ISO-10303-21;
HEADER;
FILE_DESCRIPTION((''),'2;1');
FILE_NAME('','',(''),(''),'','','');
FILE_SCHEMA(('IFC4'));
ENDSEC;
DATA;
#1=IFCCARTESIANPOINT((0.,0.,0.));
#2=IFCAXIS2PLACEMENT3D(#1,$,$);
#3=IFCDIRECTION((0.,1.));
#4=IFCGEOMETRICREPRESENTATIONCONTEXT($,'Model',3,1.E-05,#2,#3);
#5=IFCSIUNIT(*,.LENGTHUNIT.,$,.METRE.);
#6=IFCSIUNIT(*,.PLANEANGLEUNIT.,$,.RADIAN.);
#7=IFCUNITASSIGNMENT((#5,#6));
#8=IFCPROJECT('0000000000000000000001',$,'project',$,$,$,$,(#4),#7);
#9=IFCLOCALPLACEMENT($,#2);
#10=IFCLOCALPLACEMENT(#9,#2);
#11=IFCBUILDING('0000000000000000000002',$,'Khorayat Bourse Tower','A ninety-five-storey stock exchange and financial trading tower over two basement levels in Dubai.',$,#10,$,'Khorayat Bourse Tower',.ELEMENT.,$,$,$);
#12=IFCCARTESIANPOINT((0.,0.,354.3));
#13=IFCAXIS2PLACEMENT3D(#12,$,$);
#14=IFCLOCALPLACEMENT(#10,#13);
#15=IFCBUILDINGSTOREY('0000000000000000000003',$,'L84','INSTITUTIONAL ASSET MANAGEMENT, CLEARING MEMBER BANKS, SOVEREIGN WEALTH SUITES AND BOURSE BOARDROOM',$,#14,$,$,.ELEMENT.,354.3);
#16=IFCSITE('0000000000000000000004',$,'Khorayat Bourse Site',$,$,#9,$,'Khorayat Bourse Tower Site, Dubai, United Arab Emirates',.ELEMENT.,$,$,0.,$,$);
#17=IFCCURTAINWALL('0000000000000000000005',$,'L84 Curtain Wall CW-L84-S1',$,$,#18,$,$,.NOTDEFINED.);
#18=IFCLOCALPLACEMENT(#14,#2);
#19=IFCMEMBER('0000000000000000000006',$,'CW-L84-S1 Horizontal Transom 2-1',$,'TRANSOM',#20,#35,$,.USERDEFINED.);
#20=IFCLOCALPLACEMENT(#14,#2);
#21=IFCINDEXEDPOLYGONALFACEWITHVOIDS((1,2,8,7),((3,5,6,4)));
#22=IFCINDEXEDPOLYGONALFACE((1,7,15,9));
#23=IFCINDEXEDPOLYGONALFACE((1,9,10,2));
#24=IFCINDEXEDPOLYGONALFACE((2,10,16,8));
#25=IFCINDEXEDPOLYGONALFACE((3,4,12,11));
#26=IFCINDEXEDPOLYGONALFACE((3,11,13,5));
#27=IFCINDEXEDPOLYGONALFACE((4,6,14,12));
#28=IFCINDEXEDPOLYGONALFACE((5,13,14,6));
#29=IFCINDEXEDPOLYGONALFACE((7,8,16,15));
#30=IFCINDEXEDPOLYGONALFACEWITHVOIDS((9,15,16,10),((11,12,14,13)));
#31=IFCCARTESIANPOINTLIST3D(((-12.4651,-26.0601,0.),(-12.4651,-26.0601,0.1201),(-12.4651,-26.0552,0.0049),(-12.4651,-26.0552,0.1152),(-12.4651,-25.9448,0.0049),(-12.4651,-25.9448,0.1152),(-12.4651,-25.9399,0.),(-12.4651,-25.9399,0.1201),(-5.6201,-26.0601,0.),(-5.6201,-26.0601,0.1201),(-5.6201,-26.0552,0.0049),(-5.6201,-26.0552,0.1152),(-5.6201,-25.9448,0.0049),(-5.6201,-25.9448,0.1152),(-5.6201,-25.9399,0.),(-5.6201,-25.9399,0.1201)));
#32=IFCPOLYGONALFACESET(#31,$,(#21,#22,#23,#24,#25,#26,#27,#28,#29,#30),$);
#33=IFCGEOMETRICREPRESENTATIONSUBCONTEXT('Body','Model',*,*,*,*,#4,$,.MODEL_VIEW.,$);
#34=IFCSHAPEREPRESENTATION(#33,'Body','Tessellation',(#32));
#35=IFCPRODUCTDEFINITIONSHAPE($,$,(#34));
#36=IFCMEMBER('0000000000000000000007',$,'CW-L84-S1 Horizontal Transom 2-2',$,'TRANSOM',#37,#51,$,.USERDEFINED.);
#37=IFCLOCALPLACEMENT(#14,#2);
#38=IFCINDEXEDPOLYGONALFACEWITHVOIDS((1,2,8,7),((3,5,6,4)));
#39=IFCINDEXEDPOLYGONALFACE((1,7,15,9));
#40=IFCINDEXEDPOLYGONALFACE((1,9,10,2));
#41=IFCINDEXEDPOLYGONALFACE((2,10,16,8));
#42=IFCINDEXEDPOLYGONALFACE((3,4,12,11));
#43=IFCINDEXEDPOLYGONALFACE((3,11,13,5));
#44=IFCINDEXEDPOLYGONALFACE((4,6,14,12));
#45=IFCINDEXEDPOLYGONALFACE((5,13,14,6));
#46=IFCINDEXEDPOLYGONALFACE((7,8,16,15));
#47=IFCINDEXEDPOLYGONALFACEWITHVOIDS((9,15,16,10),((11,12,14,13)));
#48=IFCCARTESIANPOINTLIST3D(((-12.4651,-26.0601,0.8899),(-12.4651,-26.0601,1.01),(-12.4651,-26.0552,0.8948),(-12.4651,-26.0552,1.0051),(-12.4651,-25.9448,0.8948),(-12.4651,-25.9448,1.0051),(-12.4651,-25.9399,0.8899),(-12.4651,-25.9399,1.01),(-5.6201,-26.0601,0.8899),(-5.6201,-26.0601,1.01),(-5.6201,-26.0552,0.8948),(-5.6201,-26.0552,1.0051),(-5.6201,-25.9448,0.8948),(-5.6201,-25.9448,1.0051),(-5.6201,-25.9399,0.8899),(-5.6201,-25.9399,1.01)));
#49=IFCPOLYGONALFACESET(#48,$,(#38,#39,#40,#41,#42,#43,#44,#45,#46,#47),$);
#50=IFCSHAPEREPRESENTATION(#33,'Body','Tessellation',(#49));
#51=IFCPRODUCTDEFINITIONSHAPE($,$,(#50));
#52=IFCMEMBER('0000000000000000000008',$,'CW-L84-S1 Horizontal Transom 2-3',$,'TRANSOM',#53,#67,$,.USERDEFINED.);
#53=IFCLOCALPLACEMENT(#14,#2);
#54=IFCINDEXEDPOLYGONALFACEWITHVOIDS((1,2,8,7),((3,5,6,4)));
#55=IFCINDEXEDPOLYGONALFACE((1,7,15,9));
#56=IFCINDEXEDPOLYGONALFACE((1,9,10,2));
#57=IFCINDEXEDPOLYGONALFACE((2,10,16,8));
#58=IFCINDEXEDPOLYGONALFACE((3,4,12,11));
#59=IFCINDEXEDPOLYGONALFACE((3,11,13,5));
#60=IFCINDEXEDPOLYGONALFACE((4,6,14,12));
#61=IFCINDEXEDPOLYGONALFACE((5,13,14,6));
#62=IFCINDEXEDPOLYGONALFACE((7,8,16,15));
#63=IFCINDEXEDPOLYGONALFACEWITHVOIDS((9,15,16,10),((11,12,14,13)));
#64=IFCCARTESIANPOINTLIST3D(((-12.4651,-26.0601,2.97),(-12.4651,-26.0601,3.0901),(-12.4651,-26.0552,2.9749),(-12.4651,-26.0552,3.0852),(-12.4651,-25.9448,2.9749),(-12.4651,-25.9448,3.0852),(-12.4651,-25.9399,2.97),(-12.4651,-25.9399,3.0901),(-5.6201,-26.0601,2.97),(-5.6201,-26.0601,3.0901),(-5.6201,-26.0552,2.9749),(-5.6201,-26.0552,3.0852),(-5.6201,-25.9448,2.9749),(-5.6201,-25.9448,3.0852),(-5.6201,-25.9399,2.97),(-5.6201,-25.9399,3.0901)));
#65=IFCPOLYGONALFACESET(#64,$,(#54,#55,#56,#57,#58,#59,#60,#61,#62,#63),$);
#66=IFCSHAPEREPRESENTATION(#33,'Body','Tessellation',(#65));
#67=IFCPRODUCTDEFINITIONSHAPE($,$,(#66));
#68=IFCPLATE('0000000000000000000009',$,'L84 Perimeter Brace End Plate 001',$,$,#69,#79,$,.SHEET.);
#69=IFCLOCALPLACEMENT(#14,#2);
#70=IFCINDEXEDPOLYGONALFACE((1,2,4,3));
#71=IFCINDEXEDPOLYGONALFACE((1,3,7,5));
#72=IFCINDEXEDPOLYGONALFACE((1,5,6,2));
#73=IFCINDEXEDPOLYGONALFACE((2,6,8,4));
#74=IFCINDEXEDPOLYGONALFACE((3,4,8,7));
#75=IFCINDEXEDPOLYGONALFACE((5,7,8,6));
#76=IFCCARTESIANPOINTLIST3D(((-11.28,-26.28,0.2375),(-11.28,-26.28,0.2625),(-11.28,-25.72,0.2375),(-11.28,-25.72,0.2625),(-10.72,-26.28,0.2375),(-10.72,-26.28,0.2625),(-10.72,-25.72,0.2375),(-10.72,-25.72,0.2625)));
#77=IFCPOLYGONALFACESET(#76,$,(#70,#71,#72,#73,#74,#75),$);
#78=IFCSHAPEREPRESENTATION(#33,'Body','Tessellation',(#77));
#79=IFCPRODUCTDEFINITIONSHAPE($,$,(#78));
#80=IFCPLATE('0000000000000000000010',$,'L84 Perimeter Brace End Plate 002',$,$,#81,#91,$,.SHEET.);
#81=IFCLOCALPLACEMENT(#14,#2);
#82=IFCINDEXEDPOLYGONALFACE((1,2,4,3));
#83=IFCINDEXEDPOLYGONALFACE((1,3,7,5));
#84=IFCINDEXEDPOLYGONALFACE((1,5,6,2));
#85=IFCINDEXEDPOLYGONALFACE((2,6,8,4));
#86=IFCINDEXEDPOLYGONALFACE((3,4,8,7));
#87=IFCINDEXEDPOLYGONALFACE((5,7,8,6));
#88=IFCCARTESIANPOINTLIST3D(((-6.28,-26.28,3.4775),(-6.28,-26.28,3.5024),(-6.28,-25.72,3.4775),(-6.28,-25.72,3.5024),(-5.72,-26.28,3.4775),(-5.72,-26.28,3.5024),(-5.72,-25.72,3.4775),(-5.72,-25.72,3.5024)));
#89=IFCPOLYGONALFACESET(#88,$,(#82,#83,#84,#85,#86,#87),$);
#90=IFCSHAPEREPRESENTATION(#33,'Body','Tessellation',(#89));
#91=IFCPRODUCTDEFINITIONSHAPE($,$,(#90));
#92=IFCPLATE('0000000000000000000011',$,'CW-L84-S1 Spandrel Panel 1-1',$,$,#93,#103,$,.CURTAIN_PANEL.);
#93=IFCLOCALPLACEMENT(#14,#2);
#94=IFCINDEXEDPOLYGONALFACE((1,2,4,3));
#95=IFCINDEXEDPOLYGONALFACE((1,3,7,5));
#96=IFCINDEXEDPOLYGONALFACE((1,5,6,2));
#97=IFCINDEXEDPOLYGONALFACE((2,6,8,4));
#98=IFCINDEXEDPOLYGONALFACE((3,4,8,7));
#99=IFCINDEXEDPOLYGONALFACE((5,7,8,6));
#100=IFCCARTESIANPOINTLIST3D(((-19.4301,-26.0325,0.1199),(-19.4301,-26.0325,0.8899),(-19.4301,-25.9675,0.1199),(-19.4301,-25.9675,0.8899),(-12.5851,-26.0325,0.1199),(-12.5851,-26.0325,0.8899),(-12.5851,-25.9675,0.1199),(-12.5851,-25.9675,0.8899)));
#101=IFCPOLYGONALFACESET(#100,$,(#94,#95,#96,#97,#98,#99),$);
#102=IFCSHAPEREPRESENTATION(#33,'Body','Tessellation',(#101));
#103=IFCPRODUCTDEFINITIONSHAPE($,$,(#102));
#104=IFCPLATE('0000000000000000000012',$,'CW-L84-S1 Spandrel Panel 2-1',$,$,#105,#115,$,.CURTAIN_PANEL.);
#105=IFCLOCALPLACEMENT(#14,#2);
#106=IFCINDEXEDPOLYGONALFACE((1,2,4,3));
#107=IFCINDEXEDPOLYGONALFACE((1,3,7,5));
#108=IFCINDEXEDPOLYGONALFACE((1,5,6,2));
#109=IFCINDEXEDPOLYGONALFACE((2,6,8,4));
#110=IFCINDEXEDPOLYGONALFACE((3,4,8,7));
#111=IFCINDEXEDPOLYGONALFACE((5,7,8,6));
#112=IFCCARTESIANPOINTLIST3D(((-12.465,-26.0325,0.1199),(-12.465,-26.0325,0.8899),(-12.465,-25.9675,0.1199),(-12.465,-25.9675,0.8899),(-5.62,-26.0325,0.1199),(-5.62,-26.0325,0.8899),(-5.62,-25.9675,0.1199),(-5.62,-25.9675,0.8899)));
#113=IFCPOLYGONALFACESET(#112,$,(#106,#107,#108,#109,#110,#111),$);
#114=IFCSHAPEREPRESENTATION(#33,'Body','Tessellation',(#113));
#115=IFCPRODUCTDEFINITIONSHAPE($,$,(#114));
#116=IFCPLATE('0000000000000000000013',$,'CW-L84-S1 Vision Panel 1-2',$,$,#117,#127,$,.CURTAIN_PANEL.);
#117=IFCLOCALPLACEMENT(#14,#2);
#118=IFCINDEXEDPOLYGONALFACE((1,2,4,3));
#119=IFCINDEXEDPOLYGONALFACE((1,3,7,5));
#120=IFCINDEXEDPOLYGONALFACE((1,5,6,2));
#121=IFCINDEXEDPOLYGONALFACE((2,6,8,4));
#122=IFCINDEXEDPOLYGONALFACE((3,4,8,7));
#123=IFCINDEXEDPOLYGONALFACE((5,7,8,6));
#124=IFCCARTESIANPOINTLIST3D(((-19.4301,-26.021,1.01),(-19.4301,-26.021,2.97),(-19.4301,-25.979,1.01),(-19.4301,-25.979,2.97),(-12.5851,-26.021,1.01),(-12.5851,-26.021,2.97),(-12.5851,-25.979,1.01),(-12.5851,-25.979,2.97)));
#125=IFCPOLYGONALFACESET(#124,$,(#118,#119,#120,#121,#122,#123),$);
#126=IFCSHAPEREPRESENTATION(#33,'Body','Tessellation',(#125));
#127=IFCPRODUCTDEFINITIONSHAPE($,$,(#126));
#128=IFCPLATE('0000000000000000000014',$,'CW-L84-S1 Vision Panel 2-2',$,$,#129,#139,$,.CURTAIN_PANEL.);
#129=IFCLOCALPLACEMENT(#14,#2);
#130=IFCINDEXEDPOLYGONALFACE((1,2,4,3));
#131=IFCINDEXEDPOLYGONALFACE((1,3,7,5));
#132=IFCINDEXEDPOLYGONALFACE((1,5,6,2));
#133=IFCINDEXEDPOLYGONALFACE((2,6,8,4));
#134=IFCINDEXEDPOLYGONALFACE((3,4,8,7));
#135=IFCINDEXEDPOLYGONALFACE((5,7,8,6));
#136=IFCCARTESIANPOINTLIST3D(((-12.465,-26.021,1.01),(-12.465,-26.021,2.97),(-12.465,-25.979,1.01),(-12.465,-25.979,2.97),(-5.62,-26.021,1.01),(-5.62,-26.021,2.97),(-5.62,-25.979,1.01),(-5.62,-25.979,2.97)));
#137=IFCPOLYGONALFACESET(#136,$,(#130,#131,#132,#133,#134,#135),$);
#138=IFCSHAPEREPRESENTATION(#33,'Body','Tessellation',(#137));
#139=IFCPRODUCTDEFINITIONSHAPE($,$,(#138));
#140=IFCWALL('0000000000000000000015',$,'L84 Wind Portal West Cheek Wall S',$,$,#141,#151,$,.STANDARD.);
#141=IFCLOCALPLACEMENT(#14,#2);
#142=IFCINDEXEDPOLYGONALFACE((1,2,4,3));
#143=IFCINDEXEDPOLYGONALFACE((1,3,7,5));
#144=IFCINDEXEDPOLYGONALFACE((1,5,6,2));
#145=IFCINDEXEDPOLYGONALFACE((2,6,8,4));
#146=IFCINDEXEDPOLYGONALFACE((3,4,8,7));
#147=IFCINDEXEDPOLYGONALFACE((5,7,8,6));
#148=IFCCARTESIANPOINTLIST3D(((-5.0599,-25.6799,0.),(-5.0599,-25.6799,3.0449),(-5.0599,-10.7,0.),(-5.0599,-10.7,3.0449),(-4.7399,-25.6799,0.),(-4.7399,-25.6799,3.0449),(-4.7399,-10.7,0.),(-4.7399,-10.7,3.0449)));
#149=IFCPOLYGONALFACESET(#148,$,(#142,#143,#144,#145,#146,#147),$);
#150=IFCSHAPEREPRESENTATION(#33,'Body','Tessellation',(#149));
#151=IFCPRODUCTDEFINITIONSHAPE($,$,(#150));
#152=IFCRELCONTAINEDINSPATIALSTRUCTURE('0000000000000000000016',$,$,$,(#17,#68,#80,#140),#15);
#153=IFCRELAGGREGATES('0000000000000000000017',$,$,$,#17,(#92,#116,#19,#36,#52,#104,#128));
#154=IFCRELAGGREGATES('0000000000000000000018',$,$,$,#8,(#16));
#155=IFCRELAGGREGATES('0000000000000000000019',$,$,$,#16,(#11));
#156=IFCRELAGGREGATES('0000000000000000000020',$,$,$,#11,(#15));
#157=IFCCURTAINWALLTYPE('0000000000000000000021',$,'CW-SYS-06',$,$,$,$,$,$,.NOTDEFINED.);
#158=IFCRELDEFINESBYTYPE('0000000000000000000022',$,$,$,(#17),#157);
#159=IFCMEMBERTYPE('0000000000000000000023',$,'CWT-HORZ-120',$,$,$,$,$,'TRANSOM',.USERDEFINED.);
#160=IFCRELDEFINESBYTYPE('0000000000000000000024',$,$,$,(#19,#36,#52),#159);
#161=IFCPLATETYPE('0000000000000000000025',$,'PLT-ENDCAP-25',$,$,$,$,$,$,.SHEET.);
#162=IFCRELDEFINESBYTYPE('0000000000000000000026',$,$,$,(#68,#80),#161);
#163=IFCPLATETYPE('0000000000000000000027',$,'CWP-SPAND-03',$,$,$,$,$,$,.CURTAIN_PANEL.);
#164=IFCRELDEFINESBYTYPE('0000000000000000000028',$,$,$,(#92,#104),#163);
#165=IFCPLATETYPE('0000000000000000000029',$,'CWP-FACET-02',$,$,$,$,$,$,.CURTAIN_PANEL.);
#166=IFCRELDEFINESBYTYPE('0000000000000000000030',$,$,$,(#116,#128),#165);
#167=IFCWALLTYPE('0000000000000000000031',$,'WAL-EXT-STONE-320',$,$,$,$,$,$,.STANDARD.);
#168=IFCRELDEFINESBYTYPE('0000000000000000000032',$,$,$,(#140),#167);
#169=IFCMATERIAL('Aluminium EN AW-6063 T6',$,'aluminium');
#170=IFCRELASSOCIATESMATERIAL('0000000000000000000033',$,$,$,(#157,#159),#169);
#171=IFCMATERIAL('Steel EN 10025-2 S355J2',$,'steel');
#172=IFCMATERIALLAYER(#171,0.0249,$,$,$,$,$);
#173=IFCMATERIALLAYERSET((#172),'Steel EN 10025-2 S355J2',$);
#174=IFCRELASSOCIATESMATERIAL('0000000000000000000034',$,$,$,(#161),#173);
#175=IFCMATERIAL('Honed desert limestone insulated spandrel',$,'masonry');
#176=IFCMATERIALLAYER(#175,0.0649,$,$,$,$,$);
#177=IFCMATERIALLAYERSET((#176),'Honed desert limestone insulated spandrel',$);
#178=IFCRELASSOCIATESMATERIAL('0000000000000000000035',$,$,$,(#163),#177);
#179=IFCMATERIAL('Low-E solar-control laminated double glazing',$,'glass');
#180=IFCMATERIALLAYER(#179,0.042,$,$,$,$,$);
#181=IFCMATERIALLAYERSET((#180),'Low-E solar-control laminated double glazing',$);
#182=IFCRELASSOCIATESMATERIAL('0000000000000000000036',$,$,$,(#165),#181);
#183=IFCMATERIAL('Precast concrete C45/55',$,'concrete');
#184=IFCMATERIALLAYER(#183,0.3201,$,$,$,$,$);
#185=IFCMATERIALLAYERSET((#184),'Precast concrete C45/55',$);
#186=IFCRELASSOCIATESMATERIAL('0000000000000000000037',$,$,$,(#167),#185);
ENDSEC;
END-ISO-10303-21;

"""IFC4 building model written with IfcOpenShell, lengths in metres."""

from ifc_helpers import new_model, si_unit, direction, frame, frame_2d, origin, origin_2d, place, context, subcontext, project, spatial, rectangle, hollow_rectangle, extrude, source, transform, mapped, material, layer, layer_set, material_profile, profile_set, type_object, element, aggregate, save


model = new_model("IFC4")

# Units and contexts
model_context = context("Model", 3, precision=1e-05, world=origin(), true_north=direction((0.0, 1.0)))
body_context = subcontext(model_context, "Body", "Model", "MODEL_VIEW")
ifc_project = project(units=[si_unit("LENGTHUNIT", "METRE"), si_unit("PLANEANGLEUNIT", "RADIAN")], contexts=[model_context])

# Site, building, storey
site_placement = place(None, origin())
site = spatial("IfcSite", under=ifc_project, at=site_placement, Name="Khorayat Bourse Site", LongName="Khorayat Bourse Tower Site, Dubai, United Arab Emirates", CompositionType="ELEMENT", RefElevation=0.0)
building_placement = place(site_placement, origin())
building = spatial("IfcBuilding", under=site, at=building_placement, Name="Khorayat Bourse Tower", Description="A ninety-five-storey stock exchange and financial trading tower over two basement levels in Dubai.", LongName="Khorayat Bourse Tower", CompositionType="ELEMENT")
storey_placement = place(building_placement, frame((0.0, 0.0, 354.3)))
storey = spatial("IfcBuildingStorey", under=building, at=storey_placement, Name="L84", Description="INSTITUTIONAL ASSET MANAGEMENT, CLEARING MEMBER BANKS, SOVEREIGN WEALTH SUITES AND BOURSE BOARDROOM", CompositionType="ELEMENT", Elevation=354.3)

# Shared definitions
ifc_material_1 = material(Name="Steel EN 10025-2 S355J2", Category="steel")

# Curtain wall, members
ifc_material_2 = material(Name="Aluminium EN AW-6063 T6", Category="aluminium")
curtain_wall_type = type_object("IfcCurtainWallType", Name="CW-SYS-06", PredefinedType="NOTDEFINED", material=ifc_material_2)
curtain_wall_placement = place(storey_placement, origin())
curtain_wall = element("IfcCurtainWall", 1, at=curtain_wall_placement, inside=storey, type_object=curtain_wall_type, Name="L84 Curtain Wall CW-L84-S1", PredefinedType="NOTDEFINED")
ifc_material_profile_1 = material_profile(ifc_material_2, hollow_rectangle(XDim=0.1201, YDim=0.1201, WallThickness=0.0049, at=origin_2d()), Name="ALU 120x120x5")
ifc_profile_set_1 = profile_set([ifc_material_profile_1], Name="Aluminium EN AW-6063 T6")
member_type_1 = type_object("IfcMemberType", Name="CWT-HORZ-120", ElementType="TRANSOM", PredefinedType="USERDEFINED", material=ifc_profile_set_1)
shared_shape_1 = source(origin(), body_context, "Body", "SweptSolid", [
    extrude(hollow_rectangle(XDim=0.1201, YDim=0.1201, WallThickness=0.0049, at=origin_2d()), origin(), (0.0, 0.0, 1.0), 6.845),
])
member_1_placement = place(storey_placement, frame((-12.4651, -26.0, 0.0601), z_axis=(1.0, 0.0, 0.0), x_axis=(0.0, 1.0, 0.0)))
member_1 = element("IfcMember", 2, at=member_1_placement, type_object=member_type_1, Name="CW-L84-S1 Horizontal Transom 2-1", ObjectType="TRANSOM", PredefinedType="USERDEFINED", context=body_context, shape_type="MappedRepresentation", body=[
    mapped(shared_shape_1, transform((0.0, 0.0, 0.0), scale=1.0)),
])
member_2_placement = place(storey_placement, frame((-12.4651, -26.0, 0.95), z_axis=(1.0, 0.0, 0.0), x_axis=(0.0, 1.0, 0.0)))
member_2 = element("IfcMember", 3, at=member_2_placement, type_object=member_type_1, Name="CW-L84-S1 Horizontal Transom 2-2", ObjectType="TRANSOM", PredefinedType="USERDEFINED", context=body_context, shape_type="MappedRepresentation", body=[
    mapped(shared_shape_1, transform((0.0, 0.0, 0.0), scale=1.0)),
])
member_3_placement = place(storey_placement, frame((-12.4651, -26.0, 3.03), z_axis=(1.0, 0.0, 0.0), x_axis=(0.0, 1.0, 0.0)))
member_3 = element("IfcMember", 4, at=member_3_placement, type_object=member_type_1, Name="CW-L84-S1 Horizontal Transom 2-3", ObjectType="TRANSOM", PredefinedType="USERDEFINED", context=body_context, shape_type="MappedRepresentation", body=[
    mapped(shared_shape_1, transform((0.0, 0.0, 0.0), scale=1.0)),
])

# Plates
ifc_layer_1 = layer(ifc_material_1, 0.0249)
ifc_layer_set_1 = layer_set([ifc_layer_1], Name="Steel EN 10025-2 S355J2")
plate_type_1 = type_object("IfcPlateType", Name="PLT-ENDCAP-25", PredefinedType="SHEET", material=ifc_layer_set_1)
shared_shape_2 = source(origin(), body_context, "Body", "SweptSolid", [
    extrude(rectangle(XDim=0.5601, YDim=0.5601, at=origin_2d()), origin(), (0.0, 0.0, 1.0), 0.0249),
])
for number, where, z_axis, x_axis, name in (
    (5, (-11.0, -26.0, 0.2375), (0.0, 0.0, 1.0), (1.0, 0.0, 0.0), "L84 Perimeter Brace End Plate 001"),
    (6, (-6.0, -26.0, 3.4775), (0.0, 0.0, 1.0), (1.0, 0.0, 0.0), "L84 Perimeter Brace End Plate 002"),
):
    element("IfcPlate", number, at=place(storey_placement, frame(where, z_axis=z_axis, x_axis=x_axis)), inside=storey, type_object=plate_type_1, Name=name, PredefinedType="SHEET", context=body_context, shape_type="MappedRepresentation", body=[
        mapped(shared_shape_2, transform((0.0, 0.0, 0.0), scale=1.0)),
    ])

# Plates
ifc_material_3 = material(Name="Honed desert limestone insulated spandrel", Category="masonry")
ifc_layer_2 = layer(ifc_material_3, 0.0649)
ifc_layer_set_2 = layer_set([ifc_layer_2], Name="Honed desert limestone insulated spandrel")
plate_type_2 = type_object("IfcPlateType", Name="CWP-SPAND-03", PredefinedType="CURTAIN_PANEL", material=ifc_layer_set_2)
shared_shape_3 = source(origin(), body_context, "Body", "SweptSolid", [
    extrude(rectangle(XDim=6.845, YDim=0.0649, at=origin_2d()), origin(), (0.0, 0.0, 1.0), 0.77),
])
plate_1_placement = place(storey_placement, frame((-16.0076, -26.0, 0.1199), z_axis=(0.0, 0.0, 1.0), x_axis=(1.0, 0.0, 0.0)))
plate_1 = element("IfcPlate", 7, at=plate_1_placement, type_object=plate_type_2, Name="CW-L84-S1 Spandrel Panel 1-1", PredefinedType="CURTAIN_PANEL", context=body_context, shape_type="MappedRepresentation", body=[
    mapped(shared_shape_3, transform((0.0, 0.0, 0.0), scale=1.0)),
])
plate_2_placement = place(storey_placement, frame((-9.0425, -26.0, 0.1199), z_axis=(0.0, 0.0, 1.0), x_axis=(1.0, 0.0, 0.0)))
plate_2 = element("IfcPlate", 8, at=plate_2_placement, type_object=plate_type_2, Name="CW-L84-S1 Spandrel Panel 2-1", PredefinedType="CURTAIN_PANEL", context=body_context, shape_type="MappedRepresentation", body=[
    mapped(shared_shape_3, transform((0.0, 0.0, 0.0), scale=1.0)),
])
ifc_material_4 = material(Name="Low-E solar-control laminated double glazing", Category="glass")
ifc_layer_3 = layer(ifc_material_4, 0.042)
ifc_layer_set_3 = layer_set([ifc_layer_3], Name="Low-E solar-control laminated double glazing")
plate_type_3 = type_object("IfcPlateType", Name="CWP-FACET-02", PredefinedType="CURTAIN_PANEL", material=ifc_layer_set_3)
shared_shape_4 = source(origin(), body_context, "Body", "SweptSolid", [
    extrude(rectangle(XDim=6.845, YDim=0.042, at=origin_2d()), origin(), (0.0, 0.0, 1.0), 1.96),
])
plate_3_placement = place(storey_placement, frame((-16.0076, -26.0, 1.01), z_axis=(0.0, 0.0, 1.0), x_axis=(1.0, 0.0, 0.0)))
plate_3 = element("IfcPlate", 9, at=plate_3_placement, type_object=plate_type_3, Name="CW-L84-S1 Vision Panel 1-2", PredefinedType="CURTAIN_PANEL", context=body_context, shape_type="MappedRepresentation", body=[
    mapped(shared_shape_4, transform((0.0, 0.0, 0.0), scale=1.0)),
])
plate_4_placement = place(storey_placement, frame((-9.0425, -26.0, 1.01), z_axis=(0.0, 0.0, 1.0), x_axis=(1.0, 0.0, 0.0)))
plate_4 = element("IfcPlate", 10, at=plate_4_placement, type_object=plate_type_3, Name="CW-L84-S1 Vision Panel 2-2", PredefinedType="CURTAIN_PANEL", context=body_context, shape_type="MappedRepresentation", body=[
    mapped(shared_shape_4, transform((0.0, 0.0, 0.0), scale=1.0)),
])
aggregate(curtain_wall, [plate_1, plate_3, member_1, member_2, member_3, plate_2, plate_4])

# Wall
ifc_material_5 = material(Name="Precast concrete C45/55", Category="concrete")
ifc_layer_4 = layer(ifc_material_5, 0.3201)
ifc_layer_set_4 = layer_set([ifc_layer_4], Name="Precast concrete C45/55")
wall_type_1 = type_object("IfcWallType", Name="WAL-EXT-STONE-320", PredefinedType="STANDARD", material=ifc_layer_set_4)
shared_shape_5 = source(origin(), body_context, "Body", "SweptSolid", [
    extrude(rectangle(XDim=14.98, YDim=0.3201, at=frame_2d((7.49, 0.0))), origin(), (0.0, 0.0, 1.0), 3.0449),
])
wall_1_placement = place(storey_placement, frame((-4.8999, -25.6799, 0.0), z_axis=(0.0, 0.0, 1.0), x_axis=(0.0, 1.0, 0.0)))
element("IfcWall", 11, at=wall_1_placement, inside=storey, type_object=wall_type_1, Name="L84 Wind Portal West Cheek Wall S", PredefinedType="STANDARD", context=body_context, shape_type="MappedRepresentation", body=[
    mapped(shared_shape_5, transform((0.0, 0.0, 0.0), scale=1.0)),
])

save(model, "model.ifc")
